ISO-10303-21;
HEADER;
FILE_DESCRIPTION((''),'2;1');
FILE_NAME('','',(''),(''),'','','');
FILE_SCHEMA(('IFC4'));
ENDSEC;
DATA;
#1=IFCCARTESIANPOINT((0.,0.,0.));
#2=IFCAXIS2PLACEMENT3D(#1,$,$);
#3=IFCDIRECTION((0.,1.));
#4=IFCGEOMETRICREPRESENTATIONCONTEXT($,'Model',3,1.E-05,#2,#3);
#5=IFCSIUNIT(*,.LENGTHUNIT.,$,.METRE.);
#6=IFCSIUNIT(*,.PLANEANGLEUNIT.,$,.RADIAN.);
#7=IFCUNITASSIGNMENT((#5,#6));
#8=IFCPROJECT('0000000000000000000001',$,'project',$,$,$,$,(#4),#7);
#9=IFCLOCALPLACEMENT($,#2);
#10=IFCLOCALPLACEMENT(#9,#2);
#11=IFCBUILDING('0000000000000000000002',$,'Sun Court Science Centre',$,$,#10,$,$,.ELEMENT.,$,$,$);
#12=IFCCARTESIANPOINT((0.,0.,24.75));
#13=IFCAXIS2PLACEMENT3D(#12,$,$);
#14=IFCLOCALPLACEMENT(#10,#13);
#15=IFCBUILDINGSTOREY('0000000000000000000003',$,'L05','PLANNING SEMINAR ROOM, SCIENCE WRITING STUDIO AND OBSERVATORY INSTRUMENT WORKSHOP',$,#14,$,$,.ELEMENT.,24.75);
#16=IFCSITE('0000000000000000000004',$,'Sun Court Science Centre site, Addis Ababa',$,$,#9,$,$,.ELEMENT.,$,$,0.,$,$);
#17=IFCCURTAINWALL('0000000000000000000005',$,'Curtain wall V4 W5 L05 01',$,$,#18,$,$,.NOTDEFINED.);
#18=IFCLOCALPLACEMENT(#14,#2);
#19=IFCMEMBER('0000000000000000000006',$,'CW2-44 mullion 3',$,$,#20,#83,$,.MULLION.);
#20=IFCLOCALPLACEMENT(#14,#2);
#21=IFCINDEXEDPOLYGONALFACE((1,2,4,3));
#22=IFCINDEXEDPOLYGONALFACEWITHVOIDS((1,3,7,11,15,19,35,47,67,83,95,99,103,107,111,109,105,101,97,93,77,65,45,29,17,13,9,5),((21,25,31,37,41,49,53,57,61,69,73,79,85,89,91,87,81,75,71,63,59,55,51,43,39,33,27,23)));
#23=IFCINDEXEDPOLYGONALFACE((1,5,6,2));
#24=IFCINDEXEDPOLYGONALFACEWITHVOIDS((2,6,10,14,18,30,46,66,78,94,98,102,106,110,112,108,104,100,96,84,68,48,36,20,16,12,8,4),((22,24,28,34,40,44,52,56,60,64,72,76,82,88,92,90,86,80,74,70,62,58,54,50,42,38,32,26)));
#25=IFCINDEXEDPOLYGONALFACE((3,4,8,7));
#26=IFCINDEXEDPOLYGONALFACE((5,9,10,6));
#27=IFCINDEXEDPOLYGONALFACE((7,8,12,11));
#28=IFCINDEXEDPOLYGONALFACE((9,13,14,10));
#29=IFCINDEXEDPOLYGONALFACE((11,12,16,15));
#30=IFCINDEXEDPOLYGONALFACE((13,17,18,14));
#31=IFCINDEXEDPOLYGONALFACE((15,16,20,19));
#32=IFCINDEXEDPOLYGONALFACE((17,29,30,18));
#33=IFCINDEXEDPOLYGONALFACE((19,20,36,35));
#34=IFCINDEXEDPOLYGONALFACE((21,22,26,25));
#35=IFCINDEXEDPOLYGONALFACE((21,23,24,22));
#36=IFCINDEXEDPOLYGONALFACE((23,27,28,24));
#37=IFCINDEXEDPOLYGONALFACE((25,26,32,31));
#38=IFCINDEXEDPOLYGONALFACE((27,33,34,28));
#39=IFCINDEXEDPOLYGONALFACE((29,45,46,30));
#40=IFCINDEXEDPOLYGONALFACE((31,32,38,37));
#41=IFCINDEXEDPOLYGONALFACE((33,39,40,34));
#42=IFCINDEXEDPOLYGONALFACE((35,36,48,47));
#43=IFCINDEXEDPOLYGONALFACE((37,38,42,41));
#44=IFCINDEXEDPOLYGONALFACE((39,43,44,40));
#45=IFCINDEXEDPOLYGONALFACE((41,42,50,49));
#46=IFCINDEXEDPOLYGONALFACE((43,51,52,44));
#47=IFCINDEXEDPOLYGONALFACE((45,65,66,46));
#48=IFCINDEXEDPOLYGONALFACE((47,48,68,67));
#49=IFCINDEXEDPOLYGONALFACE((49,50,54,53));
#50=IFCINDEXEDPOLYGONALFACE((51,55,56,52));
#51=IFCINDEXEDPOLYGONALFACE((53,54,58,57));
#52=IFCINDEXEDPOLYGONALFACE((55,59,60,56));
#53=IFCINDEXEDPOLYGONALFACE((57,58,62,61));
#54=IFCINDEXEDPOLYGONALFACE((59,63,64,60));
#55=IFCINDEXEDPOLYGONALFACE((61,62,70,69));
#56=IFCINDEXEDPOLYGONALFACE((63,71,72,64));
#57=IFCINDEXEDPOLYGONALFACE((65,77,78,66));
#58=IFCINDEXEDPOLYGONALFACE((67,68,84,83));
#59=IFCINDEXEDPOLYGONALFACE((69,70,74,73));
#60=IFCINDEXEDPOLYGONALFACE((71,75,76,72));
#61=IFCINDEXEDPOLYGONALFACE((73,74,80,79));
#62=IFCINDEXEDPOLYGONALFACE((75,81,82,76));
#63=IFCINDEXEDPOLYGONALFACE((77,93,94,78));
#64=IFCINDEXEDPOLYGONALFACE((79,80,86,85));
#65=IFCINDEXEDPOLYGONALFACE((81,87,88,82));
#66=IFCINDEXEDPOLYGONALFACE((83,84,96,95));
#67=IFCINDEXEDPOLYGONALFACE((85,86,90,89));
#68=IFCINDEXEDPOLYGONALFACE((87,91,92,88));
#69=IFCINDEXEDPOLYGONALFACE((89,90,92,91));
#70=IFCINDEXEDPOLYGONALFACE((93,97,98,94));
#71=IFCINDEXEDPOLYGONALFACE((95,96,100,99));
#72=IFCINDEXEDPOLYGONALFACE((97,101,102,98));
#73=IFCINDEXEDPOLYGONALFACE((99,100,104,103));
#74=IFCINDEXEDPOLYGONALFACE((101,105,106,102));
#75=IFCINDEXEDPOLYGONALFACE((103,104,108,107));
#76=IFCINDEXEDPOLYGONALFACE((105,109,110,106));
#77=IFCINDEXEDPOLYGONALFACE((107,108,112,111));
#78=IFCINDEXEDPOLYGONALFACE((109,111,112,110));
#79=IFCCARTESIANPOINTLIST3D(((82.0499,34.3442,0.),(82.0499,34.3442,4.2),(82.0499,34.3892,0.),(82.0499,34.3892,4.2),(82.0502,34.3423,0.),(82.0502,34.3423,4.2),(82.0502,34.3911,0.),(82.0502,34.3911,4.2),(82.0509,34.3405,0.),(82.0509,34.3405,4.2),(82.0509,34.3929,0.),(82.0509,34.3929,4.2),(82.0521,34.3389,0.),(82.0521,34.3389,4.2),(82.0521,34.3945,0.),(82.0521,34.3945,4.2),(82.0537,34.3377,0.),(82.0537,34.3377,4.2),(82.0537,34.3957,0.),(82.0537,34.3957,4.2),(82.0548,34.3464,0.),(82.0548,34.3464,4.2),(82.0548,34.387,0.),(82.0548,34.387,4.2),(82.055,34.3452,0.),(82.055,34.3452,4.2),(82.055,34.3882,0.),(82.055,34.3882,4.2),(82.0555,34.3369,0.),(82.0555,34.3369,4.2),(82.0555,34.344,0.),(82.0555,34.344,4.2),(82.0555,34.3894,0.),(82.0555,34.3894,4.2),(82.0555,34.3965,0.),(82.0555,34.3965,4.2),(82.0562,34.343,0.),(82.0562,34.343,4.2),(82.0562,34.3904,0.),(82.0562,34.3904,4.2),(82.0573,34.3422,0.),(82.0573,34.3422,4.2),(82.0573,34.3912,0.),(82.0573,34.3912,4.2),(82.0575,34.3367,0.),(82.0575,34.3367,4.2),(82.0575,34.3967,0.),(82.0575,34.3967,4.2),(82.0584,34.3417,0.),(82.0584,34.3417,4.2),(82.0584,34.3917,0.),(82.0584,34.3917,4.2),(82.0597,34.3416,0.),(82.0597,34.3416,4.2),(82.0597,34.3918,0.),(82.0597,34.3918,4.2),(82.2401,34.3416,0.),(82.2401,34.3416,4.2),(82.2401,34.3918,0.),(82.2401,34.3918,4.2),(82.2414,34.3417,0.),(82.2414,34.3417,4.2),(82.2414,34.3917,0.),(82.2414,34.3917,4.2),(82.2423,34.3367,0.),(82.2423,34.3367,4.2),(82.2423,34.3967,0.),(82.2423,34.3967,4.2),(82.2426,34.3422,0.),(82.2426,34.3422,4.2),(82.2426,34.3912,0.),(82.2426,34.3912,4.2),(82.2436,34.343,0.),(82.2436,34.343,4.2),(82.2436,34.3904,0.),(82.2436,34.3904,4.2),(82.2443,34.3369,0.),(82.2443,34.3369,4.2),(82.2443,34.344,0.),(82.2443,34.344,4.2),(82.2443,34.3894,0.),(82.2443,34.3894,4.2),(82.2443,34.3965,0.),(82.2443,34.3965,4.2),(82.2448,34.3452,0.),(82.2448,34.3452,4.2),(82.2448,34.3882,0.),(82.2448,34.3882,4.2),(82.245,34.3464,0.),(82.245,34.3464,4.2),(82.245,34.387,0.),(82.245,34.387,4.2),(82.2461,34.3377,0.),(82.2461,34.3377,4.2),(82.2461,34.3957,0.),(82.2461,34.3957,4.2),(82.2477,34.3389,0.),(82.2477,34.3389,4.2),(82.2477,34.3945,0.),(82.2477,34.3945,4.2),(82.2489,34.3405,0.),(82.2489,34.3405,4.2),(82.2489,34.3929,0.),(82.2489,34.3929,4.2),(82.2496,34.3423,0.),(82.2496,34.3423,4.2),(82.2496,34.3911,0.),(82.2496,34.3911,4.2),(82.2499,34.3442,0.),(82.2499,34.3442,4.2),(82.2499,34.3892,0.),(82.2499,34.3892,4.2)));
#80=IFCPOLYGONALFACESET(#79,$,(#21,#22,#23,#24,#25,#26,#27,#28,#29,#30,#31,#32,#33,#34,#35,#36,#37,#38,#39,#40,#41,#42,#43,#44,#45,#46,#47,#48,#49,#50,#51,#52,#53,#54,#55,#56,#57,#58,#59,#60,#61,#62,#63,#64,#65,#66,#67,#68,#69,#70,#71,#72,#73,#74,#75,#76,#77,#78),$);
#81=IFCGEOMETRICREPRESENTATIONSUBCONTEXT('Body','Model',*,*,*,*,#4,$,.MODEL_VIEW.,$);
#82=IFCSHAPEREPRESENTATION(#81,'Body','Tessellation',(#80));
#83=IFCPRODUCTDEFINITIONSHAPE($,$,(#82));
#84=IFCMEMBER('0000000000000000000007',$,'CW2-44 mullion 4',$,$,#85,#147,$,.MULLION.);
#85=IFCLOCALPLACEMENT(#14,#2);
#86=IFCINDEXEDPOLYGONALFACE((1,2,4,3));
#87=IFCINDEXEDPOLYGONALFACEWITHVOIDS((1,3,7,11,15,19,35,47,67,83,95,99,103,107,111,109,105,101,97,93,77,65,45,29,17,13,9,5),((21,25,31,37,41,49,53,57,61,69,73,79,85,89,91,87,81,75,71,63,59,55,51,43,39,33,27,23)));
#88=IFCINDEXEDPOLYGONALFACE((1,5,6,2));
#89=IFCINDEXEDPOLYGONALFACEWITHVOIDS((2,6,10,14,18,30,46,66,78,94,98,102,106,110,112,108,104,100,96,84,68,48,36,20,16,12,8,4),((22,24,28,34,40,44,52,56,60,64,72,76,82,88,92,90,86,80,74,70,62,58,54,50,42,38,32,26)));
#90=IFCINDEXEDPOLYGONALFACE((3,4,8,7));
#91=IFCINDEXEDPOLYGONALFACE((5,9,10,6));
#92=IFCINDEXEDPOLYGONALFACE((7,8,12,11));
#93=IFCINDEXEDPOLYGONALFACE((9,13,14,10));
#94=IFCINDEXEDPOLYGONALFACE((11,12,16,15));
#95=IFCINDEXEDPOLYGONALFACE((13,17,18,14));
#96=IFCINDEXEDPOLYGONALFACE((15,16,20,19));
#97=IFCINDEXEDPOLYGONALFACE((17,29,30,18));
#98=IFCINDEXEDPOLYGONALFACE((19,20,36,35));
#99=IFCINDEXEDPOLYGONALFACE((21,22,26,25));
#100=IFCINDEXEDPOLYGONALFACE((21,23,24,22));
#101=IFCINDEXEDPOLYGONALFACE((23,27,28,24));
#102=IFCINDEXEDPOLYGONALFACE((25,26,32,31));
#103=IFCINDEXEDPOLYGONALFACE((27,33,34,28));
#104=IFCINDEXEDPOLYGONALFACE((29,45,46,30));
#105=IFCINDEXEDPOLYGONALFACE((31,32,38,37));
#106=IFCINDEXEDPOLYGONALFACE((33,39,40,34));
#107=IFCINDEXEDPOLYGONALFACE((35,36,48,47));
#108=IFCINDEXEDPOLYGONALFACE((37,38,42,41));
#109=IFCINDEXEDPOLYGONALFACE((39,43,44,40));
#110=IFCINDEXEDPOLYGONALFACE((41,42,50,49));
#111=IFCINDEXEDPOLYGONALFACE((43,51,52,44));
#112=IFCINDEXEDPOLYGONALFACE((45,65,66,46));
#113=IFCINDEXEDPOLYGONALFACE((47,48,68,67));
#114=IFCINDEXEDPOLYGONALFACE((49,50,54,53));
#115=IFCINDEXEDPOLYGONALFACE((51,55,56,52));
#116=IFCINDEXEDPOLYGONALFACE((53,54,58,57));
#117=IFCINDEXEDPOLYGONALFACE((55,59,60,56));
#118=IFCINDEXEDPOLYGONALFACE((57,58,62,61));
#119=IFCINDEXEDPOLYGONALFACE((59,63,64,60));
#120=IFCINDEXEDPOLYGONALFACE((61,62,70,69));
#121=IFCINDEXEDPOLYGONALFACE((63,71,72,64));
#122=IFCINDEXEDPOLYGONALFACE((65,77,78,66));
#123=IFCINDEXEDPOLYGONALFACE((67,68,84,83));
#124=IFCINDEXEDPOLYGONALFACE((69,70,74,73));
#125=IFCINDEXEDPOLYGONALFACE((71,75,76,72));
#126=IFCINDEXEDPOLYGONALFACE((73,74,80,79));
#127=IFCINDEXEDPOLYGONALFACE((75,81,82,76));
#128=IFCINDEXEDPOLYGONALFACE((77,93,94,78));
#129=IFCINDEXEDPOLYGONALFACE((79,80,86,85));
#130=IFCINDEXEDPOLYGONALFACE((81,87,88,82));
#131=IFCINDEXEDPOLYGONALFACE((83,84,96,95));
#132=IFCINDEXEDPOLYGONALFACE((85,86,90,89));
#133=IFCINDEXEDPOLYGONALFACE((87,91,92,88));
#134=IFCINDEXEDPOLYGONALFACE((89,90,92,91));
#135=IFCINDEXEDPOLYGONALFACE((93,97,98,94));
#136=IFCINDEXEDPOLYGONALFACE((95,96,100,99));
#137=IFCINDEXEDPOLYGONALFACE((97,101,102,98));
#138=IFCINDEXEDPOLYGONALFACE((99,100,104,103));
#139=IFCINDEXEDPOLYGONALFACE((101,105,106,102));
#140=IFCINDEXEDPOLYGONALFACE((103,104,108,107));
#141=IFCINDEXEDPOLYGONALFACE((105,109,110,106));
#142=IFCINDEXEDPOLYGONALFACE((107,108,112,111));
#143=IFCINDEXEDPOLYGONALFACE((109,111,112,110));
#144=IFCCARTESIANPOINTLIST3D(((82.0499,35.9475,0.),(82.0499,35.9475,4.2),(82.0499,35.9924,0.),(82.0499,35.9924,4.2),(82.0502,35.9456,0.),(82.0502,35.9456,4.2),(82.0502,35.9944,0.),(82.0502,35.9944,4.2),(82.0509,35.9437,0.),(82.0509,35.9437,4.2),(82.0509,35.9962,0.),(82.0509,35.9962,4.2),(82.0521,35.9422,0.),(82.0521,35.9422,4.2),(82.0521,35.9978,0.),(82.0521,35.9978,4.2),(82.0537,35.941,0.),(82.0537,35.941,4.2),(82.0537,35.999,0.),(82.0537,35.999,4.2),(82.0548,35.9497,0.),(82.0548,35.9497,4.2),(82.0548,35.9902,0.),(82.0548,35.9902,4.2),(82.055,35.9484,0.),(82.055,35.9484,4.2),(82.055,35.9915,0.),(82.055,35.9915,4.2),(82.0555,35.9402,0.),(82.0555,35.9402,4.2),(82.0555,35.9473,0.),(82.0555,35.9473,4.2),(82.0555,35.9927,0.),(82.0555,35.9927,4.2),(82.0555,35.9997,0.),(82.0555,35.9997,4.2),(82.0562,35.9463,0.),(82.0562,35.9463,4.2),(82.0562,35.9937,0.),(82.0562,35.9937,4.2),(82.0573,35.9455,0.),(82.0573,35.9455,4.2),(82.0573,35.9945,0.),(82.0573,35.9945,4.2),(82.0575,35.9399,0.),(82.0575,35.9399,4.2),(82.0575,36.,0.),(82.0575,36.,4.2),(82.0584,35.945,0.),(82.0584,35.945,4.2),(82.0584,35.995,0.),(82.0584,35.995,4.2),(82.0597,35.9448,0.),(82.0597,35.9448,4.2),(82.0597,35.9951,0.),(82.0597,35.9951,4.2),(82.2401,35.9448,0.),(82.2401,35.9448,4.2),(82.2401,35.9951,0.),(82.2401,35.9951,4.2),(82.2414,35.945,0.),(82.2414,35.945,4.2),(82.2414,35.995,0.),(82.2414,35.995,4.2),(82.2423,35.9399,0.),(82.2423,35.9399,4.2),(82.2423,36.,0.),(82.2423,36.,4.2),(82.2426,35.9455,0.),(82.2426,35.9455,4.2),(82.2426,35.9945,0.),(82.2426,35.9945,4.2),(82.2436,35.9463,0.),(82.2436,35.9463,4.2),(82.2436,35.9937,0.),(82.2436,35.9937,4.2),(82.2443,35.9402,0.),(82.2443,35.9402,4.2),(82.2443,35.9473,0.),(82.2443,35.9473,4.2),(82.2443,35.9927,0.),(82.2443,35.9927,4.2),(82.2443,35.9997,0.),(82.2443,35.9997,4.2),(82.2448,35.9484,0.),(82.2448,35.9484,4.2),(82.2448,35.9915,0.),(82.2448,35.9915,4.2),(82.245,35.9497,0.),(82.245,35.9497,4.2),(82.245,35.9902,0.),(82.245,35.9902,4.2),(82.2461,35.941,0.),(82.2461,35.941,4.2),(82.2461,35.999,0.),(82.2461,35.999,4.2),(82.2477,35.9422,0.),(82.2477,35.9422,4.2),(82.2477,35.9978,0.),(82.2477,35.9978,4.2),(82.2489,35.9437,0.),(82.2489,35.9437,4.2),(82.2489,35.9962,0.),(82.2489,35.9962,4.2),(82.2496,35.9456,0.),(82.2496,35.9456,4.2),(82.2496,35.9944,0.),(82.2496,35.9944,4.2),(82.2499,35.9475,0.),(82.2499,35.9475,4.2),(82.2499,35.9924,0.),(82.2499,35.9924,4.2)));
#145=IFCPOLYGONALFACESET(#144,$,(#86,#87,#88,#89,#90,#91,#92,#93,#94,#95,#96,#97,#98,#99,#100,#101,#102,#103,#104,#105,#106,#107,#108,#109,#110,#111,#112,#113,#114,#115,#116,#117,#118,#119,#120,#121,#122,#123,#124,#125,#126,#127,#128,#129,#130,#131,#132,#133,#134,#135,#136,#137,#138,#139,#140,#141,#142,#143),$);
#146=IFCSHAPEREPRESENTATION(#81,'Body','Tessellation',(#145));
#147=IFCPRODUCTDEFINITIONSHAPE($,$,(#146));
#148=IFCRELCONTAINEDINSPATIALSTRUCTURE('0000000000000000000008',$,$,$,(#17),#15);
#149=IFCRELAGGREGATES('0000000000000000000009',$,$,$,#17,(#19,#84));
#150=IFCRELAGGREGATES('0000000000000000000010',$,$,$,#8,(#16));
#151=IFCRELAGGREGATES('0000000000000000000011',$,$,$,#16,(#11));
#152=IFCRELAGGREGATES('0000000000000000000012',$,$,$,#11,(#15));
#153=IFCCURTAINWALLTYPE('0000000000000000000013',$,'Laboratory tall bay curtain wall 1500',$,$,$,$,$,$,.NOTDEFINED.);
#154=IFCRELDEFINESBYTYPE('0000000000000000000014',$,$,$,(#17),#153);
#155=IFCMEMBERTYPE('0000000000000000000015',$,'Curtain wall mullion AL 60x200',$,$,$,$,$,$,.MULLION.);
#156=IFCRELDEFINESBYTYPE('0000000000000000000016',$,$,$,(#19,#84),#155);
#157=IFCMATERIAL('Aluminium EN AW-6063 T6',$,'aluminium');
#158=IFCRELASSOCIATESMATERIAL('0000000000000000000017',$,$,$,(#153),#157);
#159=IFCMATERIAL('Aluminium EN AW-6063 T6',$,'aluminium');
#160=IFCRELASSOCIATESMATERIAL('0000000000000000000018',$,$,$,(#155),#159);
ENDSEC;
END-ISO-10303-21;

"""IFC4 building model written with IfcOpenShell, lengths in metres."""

from ifc_helpers import new_model, si_unit, direction, frame, origin, origin_2d, place, context, subcontext, project, spatial, hollow_rectangle, extrude, material, material_profile, profile_set, type_object, element, aggregate, save


model = new_model("IFC4")

# Units and contexts
model_context = context("Model", 3, precision=1e-05, world=origin(), true_north=direction((0.0, 1.0)))
body_context = subcontext(model_context, "Body", "Model", "MODEL_VIEW")
ifc_project = project(units=[si_unit("LENGTHUNIT", "METRE"), si_unit("PLANEANGLEUNIT", "RADIAN")], contexts=[model_context])

# Site, building, storey
site_placement = place(None, origin())
site = spatial("IfcSite", under=ifc_project, at=site_placement, Name="Sun Court Science Centre site, Addis Ababa", CompositionType="ELEMENT", RefElevation=0.0)
building_placement = place(site_placement, origin())
building = spatial("IfcBuilding", under=site, at=building_placement, Name="Sun Court Science Centre", CompositionType="ELEMENT")
storey_placement = place(building_placement, frame((0.0, 0.0, 24.75)))
storey = spatial("IfcBuildingStorey", under=building, at=storey_placement, Name="L05", Description="PLANNING SEMINAR ROOM, SCIENCE WRITING STUDIO AND OBSERVATORY INSTRUMENT WORKSHOP", CompositionType="ELEMENT", Elevation=24.75)

# Curtain wall, members
ifc_material_1 = material(Name="Aluminium EN AW-6063 T6", Category="aluminium")
curtain_wall_type = type_object("IfcCurtainWallType", Name="Laboratory tall bay curtain wall 1500", PredefinedType="NOTDEFINED", material=ifc_material_1)
curtain_wall_1_placement = place(storey_placement, origin())
curtain_wall_1 = element("IfcCurtainWall", 1, at=curtain_wall_1_placement, inside=storey, type_object=curtain_wall_type, Name="Curtain wall V4 W5 L05 01", PredefinedType="NOTDEFINED")
ifc_material_2 = material(Name="Aluminium EN AW-6063 T6", Category="aluminium")
ifc_material_profile_1 = material_profile(ifc_material_2, hollow_rectangle(XDim=0.0601, YDim=0.2, WallThickness=0.0049, InnerFilletRadius=0.0049, OuterFilletRadius=0.0076, at=origin_2d()), Name="AL 60x200x5")
ifc_profile_set_1 = profile_set([ifc_material_profile_1], Name="Aluminium EN AW-6063 T6")
member_type_1 = type_object("IfcMemberType", Name="Curtain wall mullion AL 60x200", PredefinedType="MULLION", material=ifc_profile_set_1)
member_1_placement = place(storey_placement, frame((82.1499, 34.3667, 0.0), z_axis=(0.0, 0.0, 1.0), x_axis=(0.0, 1.0, 0.0)))
member_1 = element("IfcMember", 2, at=member_1_placement, type_object=member_type_1, Name="CW2-44 mullion 3", PredefinedType="MULLION", context=body_context, shape_type="SweptSolid", body=[
    extrude(hollow_rectangle(XDim=0.0601, YDim=0.2, WallThickness=0.0049, InnerFilletRadius=0.0049, OuterFilletRadius=0.0076, at=origin_2d()), origin(), (0.0, 0.0, 1.0), 4.2),
])
member_2_placement = place(storey_placement, frame((82.1499, 35.97, 0.0), z_axis=(0.0, 0.0, 1.0), x_axis=(0.0, 1.0, 0.0)))
member_2 = element("IfcMember", 3, at=member_2_placement, type_object=member_type_1, Name="CW2-44 mullion 4", PredefinedType="MULLION", context=body_context, shape_type="SweptSolid", body=[
    extrude(hollow_rectangle(XDim=0.0601, YDim=0.2, WallThickness=0.0049, InnerFilletRadius=0.0049, OuterFilletRadius=0.0076, at=origin_2d()), origin(), (0.0, 0.0, 1.0), 4.2),
])

aggregate(curtain_wall_1, [member_1, member_2])

save(model, "model.ifc")
